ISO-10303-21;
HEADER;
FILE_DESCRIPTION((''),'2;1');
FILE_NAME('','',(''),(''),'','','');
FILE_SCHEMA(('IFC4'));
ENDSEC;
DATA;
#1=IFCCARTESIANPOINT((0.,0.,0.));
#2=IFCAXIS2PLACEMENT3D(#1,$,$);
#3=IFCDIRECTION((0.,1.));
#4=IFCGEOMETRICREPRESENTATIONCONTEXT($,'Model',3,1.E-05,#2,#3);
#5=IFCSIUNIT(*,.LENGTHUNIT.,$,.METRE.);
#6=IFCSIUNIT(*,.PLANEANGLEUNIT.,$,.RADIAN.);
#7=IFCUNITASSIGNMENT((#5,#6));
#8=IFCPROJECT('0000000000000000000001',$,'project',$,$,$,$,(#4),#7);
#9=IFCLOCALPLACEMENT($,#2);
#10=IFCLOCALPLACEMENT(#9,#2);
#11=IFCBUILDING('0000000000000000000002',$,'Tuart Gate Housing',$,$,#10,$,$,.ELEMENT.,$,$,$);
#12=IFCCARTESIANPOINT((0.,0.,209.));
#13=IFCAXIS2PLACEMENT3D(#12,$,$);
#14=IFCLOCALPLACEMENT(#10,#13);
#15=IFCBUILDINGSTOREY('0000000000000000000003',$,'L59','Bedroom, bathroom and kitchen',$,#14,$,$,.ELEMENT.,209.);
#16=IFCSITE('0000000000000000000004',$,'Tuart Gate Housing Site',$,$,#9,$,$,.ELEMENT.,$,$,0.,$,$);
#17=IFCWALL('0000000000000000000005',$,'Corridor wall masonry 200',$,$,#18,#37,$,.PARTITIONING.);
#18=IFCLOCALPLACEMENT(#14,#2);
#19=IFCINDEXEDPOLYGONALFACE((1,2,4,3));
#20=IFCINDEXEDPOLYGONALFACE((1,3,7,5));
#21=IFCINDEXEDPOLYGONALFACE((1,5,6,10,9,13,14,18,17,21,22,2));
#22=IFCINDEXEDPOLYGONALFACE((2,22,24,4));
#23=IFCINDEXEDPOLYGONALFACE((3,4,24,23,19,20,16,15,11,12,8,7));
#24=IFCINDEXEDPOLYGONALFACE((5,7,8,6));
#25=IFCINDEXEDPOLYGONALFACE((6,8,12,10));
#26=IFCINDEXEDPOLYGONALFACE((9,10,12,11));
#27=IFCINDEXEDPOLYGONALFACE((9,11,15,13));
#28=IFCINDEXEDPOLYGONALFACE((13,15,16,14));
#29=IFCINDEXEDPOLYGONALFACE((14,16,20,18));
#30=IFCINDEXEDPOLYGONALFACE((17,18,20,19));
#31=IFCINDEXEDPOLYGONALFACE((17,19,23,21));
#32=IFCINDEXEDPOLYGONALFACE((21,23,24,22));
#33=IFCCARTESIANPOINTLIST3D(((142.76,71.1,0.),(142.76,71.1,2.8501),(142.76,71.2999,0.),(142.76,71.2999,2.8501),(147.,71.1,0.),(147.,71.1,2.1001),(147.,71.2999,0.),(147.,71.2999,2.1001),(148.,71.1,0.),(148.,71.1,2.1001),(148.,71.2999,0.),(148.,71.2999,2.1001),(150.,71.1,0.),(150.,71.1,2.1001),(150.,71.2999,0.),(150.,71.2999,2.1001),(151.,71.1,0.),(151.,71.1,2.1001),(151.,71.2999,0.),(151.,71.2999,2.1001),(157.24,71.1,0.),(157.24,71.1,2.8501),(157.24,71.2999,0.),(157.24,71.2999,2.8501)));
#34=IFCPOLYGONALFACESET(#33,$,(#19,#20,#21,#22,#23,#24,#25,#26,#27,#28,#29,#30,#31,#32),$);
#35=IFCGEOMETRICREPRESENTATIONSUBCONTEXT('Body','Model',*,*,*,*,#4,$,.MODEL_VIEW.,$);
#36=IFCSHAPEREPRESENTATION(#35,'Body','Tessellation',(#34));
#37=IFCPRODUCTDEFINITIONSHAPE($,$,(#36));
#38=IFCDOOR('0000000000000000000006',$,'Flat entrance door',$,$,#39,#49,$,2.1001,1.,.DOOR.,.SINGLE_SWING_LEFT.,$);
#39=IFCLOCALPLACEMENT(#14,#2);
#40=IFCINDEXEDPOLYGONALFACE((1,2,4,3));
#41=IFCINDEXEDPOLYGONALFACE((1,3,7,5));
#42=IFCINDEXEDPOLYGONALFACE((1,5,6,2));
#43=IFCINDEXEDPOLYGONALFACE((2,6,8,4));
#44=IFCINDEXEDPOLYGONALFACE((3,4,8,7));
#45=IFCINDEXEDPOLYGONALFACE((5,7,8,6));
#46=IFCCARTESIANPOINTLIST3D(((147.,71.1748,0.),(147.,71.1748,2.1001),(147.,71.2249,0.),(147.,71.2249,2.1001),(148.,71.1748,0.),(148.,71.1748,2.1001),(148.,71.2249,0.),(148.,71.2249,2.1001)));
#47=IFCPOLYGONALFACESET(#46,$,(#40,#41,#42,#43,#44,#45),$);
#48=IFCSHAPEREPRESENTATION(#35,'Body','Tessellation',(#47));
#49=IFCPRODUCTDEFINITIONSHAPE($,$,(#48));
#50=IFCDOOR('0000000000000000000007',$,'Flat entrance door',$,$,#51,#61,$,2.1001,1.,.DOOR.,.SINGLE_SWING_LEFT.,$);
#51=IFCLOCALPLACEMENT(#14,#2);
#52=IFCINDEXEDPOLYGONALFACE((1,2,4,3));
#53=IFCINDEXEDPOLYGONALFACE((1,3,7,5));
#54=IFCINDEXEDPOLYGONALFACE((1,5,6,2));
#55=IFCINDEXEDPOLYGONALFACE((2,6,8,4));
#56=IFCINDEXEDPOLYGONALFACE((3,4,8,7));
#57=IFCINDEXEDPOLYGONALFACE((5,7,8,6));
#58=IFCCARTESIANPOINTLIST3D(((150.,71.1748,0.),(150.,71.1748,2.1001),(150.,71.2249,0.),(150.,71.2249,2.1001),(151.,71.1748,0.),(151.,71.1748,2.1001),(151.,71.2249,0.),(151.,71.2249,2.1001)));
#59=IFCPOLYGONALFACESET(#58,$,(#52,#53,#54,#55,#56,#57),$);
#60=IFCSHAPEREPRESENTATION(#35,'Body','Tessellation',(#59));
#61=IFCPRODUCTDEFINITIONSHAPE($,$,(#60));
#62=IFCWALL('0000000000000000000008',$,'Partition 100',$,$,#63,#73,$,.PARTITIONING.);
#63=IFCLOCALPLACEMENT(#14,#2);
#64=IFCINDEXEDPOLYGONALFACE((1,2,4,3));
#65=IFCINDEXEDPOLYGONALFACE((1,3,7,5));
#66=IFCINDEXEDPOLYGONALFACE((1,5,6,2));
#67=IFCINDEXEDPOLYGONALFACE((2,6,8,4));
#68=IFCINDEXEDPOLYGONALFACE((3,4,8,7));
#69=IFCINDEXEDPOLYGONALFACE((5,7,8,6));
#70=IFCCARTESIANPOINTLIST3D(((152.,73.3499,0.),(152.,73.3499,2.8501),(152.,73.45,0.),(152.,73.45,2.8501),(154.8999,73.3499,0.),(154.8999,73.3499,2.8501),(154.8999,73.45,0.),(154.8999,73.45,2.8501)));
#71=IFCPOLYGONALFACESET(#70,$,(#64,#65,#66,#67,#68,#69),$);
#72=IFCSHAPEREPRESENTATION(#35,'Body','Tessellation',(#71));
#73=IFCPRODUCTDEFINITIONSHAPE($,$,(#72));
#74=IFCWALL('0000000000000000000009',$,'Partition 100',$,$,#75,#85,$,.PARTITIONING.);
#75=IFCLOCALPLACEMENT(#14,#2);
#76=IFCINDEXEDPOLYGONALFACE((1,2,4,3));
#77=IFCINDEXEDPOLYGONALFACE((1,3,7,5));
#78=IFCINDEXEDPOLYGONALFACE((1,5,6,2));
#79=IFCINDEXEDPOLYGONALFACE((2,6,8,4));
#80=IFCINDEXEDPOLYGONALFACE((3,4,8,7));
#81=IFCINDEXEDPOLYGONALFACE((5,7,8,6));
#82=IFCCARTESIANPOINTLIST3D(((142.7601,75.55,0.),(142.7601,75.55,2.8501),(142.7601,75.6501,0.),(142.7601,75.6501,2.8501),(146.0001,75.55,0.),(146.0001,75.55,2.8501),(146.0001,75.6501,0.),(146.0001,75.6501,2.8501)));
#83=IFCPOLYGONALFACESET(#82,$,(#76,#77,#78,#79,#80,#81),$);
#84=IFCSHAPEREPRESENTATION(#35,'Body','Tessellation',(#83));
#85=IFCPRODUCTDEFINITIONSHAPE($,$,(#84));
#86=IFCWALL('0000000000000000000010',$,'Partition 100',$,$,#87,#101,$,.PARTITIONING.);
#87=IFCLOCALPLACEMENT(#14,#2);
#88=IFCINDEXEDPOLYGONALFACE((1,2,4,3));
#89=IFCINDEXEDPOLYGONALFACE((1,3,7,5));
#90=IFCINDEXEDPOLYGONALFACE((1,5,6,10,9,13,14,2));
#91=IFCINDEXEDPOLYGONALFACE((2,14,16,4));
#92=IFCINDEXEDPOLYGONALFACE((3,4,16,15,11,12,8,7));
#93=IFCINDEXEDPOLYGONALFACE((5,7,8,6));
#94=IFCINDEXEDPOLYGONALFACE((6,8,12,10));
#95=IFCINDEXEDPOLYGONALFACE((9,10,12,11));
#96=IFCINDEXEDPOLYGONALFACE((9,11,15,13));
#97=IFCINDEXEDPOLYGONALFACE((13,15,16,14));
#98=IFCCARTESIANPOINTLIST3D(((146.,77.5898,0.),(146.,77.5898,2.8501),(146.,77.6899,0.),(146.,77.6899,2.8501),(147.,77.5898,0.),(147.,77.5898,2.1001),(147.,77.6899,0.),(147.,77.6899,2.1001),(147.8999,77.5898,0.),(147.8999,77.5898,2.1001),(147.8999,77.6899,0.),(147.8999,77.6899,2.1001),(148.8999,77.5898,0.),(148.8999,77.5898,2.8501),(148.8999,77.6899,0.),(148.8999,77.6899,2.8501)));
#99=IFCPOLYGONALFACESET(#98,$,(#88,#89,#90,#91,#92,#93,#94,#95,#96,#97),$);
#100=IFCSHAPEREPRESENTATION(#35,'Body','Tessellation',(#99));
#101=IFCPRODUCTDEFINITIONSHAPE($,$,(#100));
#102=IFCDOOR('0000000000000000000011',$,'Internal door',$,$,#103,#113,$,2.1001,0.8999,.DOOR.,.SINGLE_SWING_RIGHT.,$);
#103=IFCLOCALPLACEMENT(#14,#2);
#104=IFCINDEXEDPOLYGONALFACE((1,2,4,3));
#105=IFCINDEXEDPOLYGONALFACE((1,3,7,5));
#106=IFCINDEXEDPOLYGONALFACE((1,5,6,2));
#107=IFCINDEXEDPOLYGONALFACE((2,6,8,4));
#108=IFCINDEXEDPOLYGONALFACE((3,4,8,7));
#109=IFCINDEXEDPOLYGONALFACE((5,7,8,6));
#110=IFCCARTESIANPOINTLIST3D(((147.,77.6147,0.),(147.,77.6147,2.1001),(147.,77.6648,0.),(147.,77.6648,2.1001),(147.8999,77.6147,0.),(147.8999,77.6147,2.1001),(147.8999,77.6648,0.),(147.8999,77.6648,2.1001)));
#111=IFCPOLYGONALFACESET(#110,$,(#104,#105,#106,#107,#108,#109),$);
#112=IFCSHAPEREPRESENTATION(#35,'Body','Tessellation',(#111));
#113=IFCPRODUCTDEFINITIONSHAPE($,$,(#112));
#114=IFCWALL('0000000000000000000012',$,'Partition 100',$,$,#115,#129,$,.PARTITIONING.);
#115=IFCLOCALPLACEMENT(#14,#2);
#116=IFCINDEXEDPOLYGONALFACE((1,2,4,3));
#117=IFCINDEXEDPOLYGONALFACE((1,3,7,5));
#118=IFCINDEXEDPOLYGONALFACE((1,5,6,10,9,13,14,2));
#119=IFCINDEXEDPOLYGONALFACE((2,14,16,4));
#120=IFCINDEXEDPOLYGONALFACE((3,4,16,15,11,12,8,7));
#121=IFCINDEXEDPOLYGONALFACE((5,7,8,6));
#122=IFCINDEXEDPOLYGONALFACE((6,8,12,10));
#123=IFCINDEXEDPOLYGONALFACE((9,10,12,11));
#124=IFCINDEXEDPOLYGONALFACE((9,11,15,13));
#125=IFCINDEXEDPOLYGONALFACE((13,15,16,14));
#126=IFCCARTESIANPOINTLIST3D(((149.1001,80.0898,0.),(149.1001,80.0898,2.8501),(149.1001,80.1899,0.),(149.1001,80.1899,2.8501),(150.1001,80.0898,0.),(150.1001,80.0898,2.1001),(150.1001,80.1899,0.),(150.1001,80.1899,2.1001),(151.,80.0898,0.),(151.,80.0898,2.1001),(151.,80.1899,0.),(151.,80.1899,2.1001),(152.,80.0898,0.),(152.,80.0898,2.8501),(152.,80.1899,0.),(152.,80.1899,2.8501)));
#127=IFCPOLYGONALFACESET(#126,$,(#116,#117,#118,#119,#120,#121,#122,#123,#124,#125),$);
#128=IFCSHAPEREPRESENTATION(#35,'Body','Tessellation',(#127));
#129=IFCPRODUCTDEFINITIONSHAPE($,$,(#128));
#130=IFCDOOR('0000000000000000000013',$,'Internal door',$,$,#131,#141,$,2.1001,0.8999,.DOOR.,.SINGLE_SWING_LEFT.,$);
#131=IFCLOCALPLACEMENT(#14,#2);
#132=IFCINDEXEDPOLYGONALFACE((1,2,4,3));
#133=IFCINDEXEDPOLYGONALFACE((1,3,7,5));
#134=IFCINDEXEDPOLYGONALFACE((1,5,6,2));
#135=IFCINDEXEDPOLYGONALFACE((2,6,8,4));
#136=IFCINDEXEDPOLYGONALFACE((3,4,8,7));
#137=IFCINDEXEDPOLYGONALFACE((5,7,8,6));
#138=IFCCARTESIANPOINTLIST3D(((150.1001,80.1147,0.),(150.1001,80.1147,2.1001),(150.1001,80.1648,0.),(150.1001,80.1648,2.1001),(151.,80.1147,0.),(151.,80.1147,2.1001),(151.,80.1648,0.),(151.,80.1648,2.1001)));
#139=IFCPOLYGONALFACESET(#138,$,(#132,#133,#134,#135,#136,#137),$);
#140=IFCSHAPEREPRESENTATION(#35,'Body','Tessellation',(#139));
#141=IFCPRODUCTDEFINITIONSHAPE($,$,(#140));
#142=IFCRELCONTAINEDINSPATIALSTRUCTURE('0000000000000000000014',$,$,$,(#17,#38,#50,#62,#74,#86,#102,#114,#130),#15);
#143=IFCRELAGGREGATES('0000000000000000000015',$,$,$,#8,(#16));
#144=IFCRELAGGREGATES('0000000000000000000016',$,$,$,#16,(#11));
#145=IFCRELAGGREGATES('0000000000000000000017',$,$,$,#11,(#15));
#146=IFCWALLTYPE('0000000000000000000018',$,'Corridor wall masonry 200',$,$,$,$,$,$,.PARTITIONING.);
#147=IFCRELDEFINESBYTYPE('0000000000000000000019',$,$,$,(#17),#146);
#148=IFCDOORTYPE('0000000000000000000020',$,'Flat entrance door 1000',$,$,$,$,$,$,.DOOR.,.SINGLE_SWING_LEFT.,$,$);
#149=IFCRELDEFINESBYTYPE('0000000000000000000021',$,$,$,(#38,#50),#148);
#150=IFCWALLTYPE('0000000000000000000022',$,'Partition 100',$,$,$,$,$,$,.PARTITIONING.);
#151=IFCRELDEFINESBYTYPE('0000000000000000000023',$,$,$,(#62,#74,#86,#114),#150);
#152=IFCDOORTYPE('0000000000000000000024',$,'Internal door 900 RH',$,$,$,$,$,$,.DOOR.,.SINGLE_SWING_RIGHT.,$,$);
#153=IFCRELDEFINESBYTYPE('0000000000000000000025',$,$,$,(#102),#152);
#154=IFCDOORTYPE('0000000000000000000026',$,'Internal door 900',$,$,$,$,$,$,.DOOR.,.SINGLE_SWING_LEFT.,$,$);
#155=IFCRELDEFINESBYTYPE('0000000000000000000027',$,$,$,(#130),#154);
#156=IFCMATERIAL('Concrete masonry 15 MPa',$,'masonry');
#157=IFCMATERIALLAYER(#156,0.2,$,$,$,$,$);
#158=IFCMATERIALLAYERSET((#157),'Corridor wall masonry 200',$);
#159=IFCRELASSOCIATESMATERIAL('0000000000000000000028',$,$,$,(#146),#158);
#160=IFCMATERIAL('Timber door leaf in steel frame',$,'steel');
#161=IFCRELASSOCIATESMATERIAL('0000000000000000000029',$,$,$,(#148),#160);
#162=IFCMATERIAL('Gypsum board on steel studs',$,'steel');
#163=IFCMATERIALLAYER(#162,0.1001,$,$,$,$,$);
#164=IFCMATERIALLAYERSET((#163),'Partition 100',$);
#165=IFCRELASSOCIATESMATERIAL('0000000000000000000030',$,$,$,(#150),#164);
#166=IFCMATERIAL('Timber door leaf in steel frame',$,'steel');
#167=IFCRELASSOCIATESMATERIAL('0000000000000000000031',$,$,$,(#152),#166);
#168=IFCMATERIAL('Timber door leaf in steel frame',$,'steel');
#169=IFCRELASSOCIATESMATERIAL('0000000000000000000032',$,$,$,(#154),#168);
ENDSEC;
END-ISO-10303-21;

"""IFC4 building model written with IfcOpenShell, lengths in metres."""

from ifc_helpers import new_model, si_unit, direction, frame, frame_2d, origin, place, context, subcontext, project, spatial, rectangle, extrude, material, layer, layer_set, type_object, element, fill, save


model = new_model("IFC4")

# Units and contexts
model_context = context("Model", 3, precision=1e-05, world=origin(), true_north=direction((0.0, 1.0)))
body_context = subcontext(model_context, "Body", "Model", "MODEL_VIEW")
ifc_project = project(units=[si_unit("LENGTHUNIT", "METRE"), si_unit("PLANEANGLEUNIT", "RADIAN")], contexts=[model_context])

# Site, building, storey
site_placement = place(None, origin())
site = spatial("IfcSite", under=ifc_project, at=site_placement, Name="Tuart Gate Housing Site", CompositionType="ELEMENT", RefElevation=0.0)
building_placement = place(site_placement, origin())
building = spatial("IfcBuilding", under=site, at=building_placement, Name="Tuart Gate Housing", CompositionType="ELEMENT")
storey_placement = place(building_placement, frame((0.0, 0.0, 209.0)))
storey = spatial("IfcBuildingStorey", under=building, at=storey_placement, Name="L59", Description="Bedroom, bathroom and kitchen", CompositionType="ELEMENT", Elevation=209.0)

# Wall, openings, doors
ifc_material_1 = material(Name="Concrete masonry 15 MPa", Category="masonry")
ifc_layer_1 = layer(ifc_material_1, 0.2)
ifc_layer_set_1 = layer_set([ifc_layer_1], Name="Corridor wall masonry 200")
wall_type_1 = type_object("IfcWallType", Name="Corridor wall masonry 200", PredefinedType="PARTITIONING", material=ifc_layer_set_1)
wall_1_placement = place(storey_placement, frame((142.76, 71.2, 0.0), z_axis=(0.0, 0.0, 1.0), x_axis=(1.0, 0.0, 0.0)))
wall_1 = element("IfcWall", 1, at=wall_1_placement, inside=storey, type_object=wall_type_1, Name="Corridor wall masonry 200", PredefinedType="PARTITIONING", context=body_context, shape_type="SweptSolid", body=[
    extrude(rectangle(XDim=14.48, YDim=0.2, at=frame_2d((7.24, 0.0))), origin(), (0.0, 0.0, 1.0), 2.8501),
])
opening_1_placement = place(wall_1_placement, frame((4.24, 0.0, 0.0)))
opening_1 = element("IfcOpeningElement", 2, at=opening_1_placement, cuts=wall_1, PredefinedType="OPENING", context=body_context, shape_type="SweptSolid", body=[
    extrude(rectangle(XDim=1.0, YDim=2.1001, at=frame_2d((0.5, 1.05))), frame((0.0, 0.1099, 0.0), z_axis=(0.0, -1.0, 0.0), x_axis=(1.0, 0.0, 0.0)), (0.0, 0.0, 1.0), 0.22),
])
opening_2_placement = place(wall_1_placement, frame((7.24, 0.0, 0.0)))
opening_2 = element("IfcOpeningElement", 3, at=opening_2_placement, cuts=wall_1, PredefinedType="OPENING", context=body_context, shape_type="SweptSolid", body=[
    extrude(rectangle(XDim=1.0, YDim=2.1001, at=frame_2d((0.5, 1.05))), frame((0.0, 0.1099, 0.0), z_axis=(0.0, -1.0, 0.0), x_axis=(1.0, 0.0, 0.0)), (0.0, 0.0, 1.0), 0.22),
])
ifc_material_2 = material(Name="Timber door leaf in steel frame", Category="steel")
door_type_1 = type_object("IfcDoorType", Name="Flat entrance door 1000", OperationType="SINGLE_SWING_LEFT", PredefinedType="DOOR", material=ifc_material_2)
door_1_placement = place(opening_1_placement, origin())
door_1 = element("IfcDoor", 4, at=door_1_placement, inside=storey, type_object=door_type_1, Name="Flat entrance door", OperationType="SINGLE_SWING_LEFT", OverallHeight=2.1001, OverallWidth=1.0, PredefinedType="DOOR", context=body_context, shape_type="SweptSolid", body=[
    extrude(rectangle(XDim=1.0, YDim=2.1001, at=frame_2d((0.5, 1.05))), frame((0.0, 0.0249, 0.0), z_axis=(0.0, -1.0, 0.0), x_axis=(1.0, 0.0, 0.0)), (0.0, 0.0, 1.0), 0.05),
])
fill(opening_1, door_1)
door_2_placement = place(opening_2_placement, origin())
door_2 = element("IfcDoor", 5, at=door_2_placement, inside=storey, type_object=door_type_1, Name="Flat entrance door", OperationType="SINGLE_SWING_LEFT", OverallHeight=2.1001, OverallWidth=1.0, PredefinedType="DOOR", context=body_context, shape_type="SweptSolid", body=[
    extrude(rectangle(XDim=1.0, YDim=2.1001, at=frame_2d((0.5, 1.05))), frame((0.0, 0.0249, 0.0), z_axis=(0.0, -1.0, 0.0), x_axis=(1.0, 0.0, 0.0)), (0.0, 0.0, 1.0), 0.05),
])
fill(opening_2, door_2)

# Walls
ifc_material_3 = material(Name="Gypsum board on steel studs", Category="steel")
ifc_layer_2 = layer(ifc_material_3, 0.1001)
ifc_layer_set_2 = layer_set([ifc_layer_2], Name="Partition 100")
wall_type_2 = type_object("IfcWallType", Name="Partition 100", PredefinedType="PARTITIONING", material=ifc_layer_set_2)
wall_2_placement = place(storey_placement, frame((152.0, 73.3999, 0.0), z_axis=(0.0, 0.0, 1.0), x_axis=(1.0, 0.0, 0.0)))
element("IfcWall", 6, at=wall_2_placement, inside=storey, type_object=wall_type_2, Name="Partition 100", PredefinedType="PARTITIONING", context=body_context, shape_type="SweptSolid", body=[
    extrude(rectangle(XDim=2.8999, YDim=0.1001, at=frame_2d((1.45, 0.0))), origin(), (0.0, 0.0, 1.0), 2.8501),
])
wall_3_placement = place(storey_placement, frame((142.76, 75.6001, 0.0), z_axis=(0.0, 0.0, 1.0), x_axis=(1.0, 0.0, 0.0)))
element("IfcWall", 7, at=wall_3_placement, inside=storey, type_object=wall_type_2, Name="Partition 100", PredefinedType="PARTITIONING", context=body_context, shape_type="SweptSolid", body=[
    extrude(rectangle(XDim=3.24, YDim=0.1001, at=frame_2d((1.6201, 0.0))), origin(), (0.0, 0.0, 1.0), 2.8501),
])

# Walls, openings, doors
wall_4_placement = place(storey_placement, frame((146.0, 77.6399, 0.0), z_axis=(0.0, 0.0, 1.0), x_axis=(1.0, 0.0, 0.0)))
wall_4 = element("IfcWall", 8, at=wall_4_placement, inside=storey, type_object=wall_type_2, Name="Partition 100", PredefinedType="PARTITIONING", context=body_context, shape_type="SweptSolid", body=[
    extrude(rectangle(XDim=2.8999, YDim=0.1001, at=frame_2d((1.45, 0.0))), origin(), (0.0, 0.0, 1.0), 2.8501),
])
opening_3_placement = place(wall_4_placement, frame((1.0, 0.0, 0.0)))
opening_3 = element("IfcOpeningElement", 9, at=opening_3_placement, cuts=wall_4, PredefinedType="OPENING", context=body_context, shape_type="SweptSolid", body=[
    extrude(rectangle(XDim=0.8999, YDim=2.1001, at=frame_2d((0.45, 1.05))), frame((0.0, 0.0601, 0.0), z_axis=(0.0, -1.0, 0.0), x_axis=(1.0, 0.0, 0.0)), (0.0, 0.0, 1.0), 0.1201),
])
ifc_material_4 = material(Name="Timber door leaf in steel frame", Category="steel")
door_type_2 = type_object("IfcDoorType", Name="Internal door 900 RH", OperationType="SINGLE_SWING_RIGHT", PredefinedType="DOOR", material=ifc_material_4)
door_3_placement = place(opening_3_placement, frame((0.8999, 0.0, 0.0), z_axis=(0.0, 0.0, 1.0), x_axis=(-1.0, 0.0, 0.0)))
door_3 = element("IfcDoor", 10, at=door_3_placement, inside=storey, type_object=door_type_2, Name="Internal door", OperationType="SINGLE_SWING_RIGHT", OverallHeight=2.1001, OverallWidth=0.8999, PredefinedType="DOOR", context=body_context, shape_type="SweptSolid", body=[
    extrude(rectangle(XDim=0.8999, YDim=2.1001, at=frame_2d((0.45, 1.05))), frame((0.0, 0.0251, 0.0), z_axis=(0.0, -1.0, 0.0), x_axis=(1.0, 0.0, 0.0)), (0.0, 0.0, 1.0), 0.05),
])
fill(opening_3, door_3)
wall_5_placement = place(storey_placement, frame((149.1001, 80.1399, 0.0), z_axis=(0.0, 0.0, 1.0), x_axis=(1.0, 0.0, 0.0)))
wall_5 = element("IfcWall", 11, at=wall_5_placement, inside=storey, type_object=wall_type_2, Name="Partition 100", PredefinedType="PARTITIONING", context=body_context, shape_type="SweptSolid", body=[
    extrude(rectangle(XDim=2.8999, YDim=0.1001, at=frame_2d((1.45, 0.0))), origin(), (0.0, 0.0, 1.0), 2.8501),
])
opening_4_placement = place(wall_5_placement, frame((1.0, 0.0, 0.0)))
opening_4 = element("IfcOpeningElement", 12, at=opening_4_placement, cuts=wall_5, PredefinedType="OPENING", context=body_context, shape_type="SweptSolid", body=[
    extrude(rectangle(XDim=0.8999, YDim=2.1001, at=frame_2d((0.45, 1.05))), frame((0.0, 0.0601, 0.0), z_axis=(0.0, -1.0, 0.0), x_axis=(1.0, 0.0, 0.0)), (0.0, 0.0, 1.0), 0.1201),
])
ifc_material_5 = material(Name="Timber door leaf in steel frame", Category="steel")
door_type_3 = type_object("IfcDoorType", Name="Internal door 900", OperationType="SINGLE_SWING_LEFT", PredefinedType="DOOR", material=ifc_material_5)
door_4_placement = place(opening_4_placement, frame((0.8999, 0.0, 0.0), z_axis=(0.0, 0.0, 1.0), x_axis=(-1.0, 0.0, 0.0)))
door_4 = element("IfcDoor", 13, at=door_4_placement, inside=storey, type_object=door_type_3, Name="Internal door", OperationType="SINGLE_SWING_LEFT", OverallHeight=2.1001, OverallWidth=0.8999, PredefinedType="DOOR", context=body_context, shape_type="SweptSolid", body=[
    extrude(rectangle(XDim=0.8999, YDim=2.1001, at=frame_2d((0.45, 1.05))), frame((0.0, 0.0251, 0.0), z_axis=(0.0, -1.0, 0.0), x_axis=(1.0, 0.0, 0.0)), (0.0, 0.0, 1.0), 0.05),
])
fill(opening_4, door_4)

save(model, "model.ifc")
